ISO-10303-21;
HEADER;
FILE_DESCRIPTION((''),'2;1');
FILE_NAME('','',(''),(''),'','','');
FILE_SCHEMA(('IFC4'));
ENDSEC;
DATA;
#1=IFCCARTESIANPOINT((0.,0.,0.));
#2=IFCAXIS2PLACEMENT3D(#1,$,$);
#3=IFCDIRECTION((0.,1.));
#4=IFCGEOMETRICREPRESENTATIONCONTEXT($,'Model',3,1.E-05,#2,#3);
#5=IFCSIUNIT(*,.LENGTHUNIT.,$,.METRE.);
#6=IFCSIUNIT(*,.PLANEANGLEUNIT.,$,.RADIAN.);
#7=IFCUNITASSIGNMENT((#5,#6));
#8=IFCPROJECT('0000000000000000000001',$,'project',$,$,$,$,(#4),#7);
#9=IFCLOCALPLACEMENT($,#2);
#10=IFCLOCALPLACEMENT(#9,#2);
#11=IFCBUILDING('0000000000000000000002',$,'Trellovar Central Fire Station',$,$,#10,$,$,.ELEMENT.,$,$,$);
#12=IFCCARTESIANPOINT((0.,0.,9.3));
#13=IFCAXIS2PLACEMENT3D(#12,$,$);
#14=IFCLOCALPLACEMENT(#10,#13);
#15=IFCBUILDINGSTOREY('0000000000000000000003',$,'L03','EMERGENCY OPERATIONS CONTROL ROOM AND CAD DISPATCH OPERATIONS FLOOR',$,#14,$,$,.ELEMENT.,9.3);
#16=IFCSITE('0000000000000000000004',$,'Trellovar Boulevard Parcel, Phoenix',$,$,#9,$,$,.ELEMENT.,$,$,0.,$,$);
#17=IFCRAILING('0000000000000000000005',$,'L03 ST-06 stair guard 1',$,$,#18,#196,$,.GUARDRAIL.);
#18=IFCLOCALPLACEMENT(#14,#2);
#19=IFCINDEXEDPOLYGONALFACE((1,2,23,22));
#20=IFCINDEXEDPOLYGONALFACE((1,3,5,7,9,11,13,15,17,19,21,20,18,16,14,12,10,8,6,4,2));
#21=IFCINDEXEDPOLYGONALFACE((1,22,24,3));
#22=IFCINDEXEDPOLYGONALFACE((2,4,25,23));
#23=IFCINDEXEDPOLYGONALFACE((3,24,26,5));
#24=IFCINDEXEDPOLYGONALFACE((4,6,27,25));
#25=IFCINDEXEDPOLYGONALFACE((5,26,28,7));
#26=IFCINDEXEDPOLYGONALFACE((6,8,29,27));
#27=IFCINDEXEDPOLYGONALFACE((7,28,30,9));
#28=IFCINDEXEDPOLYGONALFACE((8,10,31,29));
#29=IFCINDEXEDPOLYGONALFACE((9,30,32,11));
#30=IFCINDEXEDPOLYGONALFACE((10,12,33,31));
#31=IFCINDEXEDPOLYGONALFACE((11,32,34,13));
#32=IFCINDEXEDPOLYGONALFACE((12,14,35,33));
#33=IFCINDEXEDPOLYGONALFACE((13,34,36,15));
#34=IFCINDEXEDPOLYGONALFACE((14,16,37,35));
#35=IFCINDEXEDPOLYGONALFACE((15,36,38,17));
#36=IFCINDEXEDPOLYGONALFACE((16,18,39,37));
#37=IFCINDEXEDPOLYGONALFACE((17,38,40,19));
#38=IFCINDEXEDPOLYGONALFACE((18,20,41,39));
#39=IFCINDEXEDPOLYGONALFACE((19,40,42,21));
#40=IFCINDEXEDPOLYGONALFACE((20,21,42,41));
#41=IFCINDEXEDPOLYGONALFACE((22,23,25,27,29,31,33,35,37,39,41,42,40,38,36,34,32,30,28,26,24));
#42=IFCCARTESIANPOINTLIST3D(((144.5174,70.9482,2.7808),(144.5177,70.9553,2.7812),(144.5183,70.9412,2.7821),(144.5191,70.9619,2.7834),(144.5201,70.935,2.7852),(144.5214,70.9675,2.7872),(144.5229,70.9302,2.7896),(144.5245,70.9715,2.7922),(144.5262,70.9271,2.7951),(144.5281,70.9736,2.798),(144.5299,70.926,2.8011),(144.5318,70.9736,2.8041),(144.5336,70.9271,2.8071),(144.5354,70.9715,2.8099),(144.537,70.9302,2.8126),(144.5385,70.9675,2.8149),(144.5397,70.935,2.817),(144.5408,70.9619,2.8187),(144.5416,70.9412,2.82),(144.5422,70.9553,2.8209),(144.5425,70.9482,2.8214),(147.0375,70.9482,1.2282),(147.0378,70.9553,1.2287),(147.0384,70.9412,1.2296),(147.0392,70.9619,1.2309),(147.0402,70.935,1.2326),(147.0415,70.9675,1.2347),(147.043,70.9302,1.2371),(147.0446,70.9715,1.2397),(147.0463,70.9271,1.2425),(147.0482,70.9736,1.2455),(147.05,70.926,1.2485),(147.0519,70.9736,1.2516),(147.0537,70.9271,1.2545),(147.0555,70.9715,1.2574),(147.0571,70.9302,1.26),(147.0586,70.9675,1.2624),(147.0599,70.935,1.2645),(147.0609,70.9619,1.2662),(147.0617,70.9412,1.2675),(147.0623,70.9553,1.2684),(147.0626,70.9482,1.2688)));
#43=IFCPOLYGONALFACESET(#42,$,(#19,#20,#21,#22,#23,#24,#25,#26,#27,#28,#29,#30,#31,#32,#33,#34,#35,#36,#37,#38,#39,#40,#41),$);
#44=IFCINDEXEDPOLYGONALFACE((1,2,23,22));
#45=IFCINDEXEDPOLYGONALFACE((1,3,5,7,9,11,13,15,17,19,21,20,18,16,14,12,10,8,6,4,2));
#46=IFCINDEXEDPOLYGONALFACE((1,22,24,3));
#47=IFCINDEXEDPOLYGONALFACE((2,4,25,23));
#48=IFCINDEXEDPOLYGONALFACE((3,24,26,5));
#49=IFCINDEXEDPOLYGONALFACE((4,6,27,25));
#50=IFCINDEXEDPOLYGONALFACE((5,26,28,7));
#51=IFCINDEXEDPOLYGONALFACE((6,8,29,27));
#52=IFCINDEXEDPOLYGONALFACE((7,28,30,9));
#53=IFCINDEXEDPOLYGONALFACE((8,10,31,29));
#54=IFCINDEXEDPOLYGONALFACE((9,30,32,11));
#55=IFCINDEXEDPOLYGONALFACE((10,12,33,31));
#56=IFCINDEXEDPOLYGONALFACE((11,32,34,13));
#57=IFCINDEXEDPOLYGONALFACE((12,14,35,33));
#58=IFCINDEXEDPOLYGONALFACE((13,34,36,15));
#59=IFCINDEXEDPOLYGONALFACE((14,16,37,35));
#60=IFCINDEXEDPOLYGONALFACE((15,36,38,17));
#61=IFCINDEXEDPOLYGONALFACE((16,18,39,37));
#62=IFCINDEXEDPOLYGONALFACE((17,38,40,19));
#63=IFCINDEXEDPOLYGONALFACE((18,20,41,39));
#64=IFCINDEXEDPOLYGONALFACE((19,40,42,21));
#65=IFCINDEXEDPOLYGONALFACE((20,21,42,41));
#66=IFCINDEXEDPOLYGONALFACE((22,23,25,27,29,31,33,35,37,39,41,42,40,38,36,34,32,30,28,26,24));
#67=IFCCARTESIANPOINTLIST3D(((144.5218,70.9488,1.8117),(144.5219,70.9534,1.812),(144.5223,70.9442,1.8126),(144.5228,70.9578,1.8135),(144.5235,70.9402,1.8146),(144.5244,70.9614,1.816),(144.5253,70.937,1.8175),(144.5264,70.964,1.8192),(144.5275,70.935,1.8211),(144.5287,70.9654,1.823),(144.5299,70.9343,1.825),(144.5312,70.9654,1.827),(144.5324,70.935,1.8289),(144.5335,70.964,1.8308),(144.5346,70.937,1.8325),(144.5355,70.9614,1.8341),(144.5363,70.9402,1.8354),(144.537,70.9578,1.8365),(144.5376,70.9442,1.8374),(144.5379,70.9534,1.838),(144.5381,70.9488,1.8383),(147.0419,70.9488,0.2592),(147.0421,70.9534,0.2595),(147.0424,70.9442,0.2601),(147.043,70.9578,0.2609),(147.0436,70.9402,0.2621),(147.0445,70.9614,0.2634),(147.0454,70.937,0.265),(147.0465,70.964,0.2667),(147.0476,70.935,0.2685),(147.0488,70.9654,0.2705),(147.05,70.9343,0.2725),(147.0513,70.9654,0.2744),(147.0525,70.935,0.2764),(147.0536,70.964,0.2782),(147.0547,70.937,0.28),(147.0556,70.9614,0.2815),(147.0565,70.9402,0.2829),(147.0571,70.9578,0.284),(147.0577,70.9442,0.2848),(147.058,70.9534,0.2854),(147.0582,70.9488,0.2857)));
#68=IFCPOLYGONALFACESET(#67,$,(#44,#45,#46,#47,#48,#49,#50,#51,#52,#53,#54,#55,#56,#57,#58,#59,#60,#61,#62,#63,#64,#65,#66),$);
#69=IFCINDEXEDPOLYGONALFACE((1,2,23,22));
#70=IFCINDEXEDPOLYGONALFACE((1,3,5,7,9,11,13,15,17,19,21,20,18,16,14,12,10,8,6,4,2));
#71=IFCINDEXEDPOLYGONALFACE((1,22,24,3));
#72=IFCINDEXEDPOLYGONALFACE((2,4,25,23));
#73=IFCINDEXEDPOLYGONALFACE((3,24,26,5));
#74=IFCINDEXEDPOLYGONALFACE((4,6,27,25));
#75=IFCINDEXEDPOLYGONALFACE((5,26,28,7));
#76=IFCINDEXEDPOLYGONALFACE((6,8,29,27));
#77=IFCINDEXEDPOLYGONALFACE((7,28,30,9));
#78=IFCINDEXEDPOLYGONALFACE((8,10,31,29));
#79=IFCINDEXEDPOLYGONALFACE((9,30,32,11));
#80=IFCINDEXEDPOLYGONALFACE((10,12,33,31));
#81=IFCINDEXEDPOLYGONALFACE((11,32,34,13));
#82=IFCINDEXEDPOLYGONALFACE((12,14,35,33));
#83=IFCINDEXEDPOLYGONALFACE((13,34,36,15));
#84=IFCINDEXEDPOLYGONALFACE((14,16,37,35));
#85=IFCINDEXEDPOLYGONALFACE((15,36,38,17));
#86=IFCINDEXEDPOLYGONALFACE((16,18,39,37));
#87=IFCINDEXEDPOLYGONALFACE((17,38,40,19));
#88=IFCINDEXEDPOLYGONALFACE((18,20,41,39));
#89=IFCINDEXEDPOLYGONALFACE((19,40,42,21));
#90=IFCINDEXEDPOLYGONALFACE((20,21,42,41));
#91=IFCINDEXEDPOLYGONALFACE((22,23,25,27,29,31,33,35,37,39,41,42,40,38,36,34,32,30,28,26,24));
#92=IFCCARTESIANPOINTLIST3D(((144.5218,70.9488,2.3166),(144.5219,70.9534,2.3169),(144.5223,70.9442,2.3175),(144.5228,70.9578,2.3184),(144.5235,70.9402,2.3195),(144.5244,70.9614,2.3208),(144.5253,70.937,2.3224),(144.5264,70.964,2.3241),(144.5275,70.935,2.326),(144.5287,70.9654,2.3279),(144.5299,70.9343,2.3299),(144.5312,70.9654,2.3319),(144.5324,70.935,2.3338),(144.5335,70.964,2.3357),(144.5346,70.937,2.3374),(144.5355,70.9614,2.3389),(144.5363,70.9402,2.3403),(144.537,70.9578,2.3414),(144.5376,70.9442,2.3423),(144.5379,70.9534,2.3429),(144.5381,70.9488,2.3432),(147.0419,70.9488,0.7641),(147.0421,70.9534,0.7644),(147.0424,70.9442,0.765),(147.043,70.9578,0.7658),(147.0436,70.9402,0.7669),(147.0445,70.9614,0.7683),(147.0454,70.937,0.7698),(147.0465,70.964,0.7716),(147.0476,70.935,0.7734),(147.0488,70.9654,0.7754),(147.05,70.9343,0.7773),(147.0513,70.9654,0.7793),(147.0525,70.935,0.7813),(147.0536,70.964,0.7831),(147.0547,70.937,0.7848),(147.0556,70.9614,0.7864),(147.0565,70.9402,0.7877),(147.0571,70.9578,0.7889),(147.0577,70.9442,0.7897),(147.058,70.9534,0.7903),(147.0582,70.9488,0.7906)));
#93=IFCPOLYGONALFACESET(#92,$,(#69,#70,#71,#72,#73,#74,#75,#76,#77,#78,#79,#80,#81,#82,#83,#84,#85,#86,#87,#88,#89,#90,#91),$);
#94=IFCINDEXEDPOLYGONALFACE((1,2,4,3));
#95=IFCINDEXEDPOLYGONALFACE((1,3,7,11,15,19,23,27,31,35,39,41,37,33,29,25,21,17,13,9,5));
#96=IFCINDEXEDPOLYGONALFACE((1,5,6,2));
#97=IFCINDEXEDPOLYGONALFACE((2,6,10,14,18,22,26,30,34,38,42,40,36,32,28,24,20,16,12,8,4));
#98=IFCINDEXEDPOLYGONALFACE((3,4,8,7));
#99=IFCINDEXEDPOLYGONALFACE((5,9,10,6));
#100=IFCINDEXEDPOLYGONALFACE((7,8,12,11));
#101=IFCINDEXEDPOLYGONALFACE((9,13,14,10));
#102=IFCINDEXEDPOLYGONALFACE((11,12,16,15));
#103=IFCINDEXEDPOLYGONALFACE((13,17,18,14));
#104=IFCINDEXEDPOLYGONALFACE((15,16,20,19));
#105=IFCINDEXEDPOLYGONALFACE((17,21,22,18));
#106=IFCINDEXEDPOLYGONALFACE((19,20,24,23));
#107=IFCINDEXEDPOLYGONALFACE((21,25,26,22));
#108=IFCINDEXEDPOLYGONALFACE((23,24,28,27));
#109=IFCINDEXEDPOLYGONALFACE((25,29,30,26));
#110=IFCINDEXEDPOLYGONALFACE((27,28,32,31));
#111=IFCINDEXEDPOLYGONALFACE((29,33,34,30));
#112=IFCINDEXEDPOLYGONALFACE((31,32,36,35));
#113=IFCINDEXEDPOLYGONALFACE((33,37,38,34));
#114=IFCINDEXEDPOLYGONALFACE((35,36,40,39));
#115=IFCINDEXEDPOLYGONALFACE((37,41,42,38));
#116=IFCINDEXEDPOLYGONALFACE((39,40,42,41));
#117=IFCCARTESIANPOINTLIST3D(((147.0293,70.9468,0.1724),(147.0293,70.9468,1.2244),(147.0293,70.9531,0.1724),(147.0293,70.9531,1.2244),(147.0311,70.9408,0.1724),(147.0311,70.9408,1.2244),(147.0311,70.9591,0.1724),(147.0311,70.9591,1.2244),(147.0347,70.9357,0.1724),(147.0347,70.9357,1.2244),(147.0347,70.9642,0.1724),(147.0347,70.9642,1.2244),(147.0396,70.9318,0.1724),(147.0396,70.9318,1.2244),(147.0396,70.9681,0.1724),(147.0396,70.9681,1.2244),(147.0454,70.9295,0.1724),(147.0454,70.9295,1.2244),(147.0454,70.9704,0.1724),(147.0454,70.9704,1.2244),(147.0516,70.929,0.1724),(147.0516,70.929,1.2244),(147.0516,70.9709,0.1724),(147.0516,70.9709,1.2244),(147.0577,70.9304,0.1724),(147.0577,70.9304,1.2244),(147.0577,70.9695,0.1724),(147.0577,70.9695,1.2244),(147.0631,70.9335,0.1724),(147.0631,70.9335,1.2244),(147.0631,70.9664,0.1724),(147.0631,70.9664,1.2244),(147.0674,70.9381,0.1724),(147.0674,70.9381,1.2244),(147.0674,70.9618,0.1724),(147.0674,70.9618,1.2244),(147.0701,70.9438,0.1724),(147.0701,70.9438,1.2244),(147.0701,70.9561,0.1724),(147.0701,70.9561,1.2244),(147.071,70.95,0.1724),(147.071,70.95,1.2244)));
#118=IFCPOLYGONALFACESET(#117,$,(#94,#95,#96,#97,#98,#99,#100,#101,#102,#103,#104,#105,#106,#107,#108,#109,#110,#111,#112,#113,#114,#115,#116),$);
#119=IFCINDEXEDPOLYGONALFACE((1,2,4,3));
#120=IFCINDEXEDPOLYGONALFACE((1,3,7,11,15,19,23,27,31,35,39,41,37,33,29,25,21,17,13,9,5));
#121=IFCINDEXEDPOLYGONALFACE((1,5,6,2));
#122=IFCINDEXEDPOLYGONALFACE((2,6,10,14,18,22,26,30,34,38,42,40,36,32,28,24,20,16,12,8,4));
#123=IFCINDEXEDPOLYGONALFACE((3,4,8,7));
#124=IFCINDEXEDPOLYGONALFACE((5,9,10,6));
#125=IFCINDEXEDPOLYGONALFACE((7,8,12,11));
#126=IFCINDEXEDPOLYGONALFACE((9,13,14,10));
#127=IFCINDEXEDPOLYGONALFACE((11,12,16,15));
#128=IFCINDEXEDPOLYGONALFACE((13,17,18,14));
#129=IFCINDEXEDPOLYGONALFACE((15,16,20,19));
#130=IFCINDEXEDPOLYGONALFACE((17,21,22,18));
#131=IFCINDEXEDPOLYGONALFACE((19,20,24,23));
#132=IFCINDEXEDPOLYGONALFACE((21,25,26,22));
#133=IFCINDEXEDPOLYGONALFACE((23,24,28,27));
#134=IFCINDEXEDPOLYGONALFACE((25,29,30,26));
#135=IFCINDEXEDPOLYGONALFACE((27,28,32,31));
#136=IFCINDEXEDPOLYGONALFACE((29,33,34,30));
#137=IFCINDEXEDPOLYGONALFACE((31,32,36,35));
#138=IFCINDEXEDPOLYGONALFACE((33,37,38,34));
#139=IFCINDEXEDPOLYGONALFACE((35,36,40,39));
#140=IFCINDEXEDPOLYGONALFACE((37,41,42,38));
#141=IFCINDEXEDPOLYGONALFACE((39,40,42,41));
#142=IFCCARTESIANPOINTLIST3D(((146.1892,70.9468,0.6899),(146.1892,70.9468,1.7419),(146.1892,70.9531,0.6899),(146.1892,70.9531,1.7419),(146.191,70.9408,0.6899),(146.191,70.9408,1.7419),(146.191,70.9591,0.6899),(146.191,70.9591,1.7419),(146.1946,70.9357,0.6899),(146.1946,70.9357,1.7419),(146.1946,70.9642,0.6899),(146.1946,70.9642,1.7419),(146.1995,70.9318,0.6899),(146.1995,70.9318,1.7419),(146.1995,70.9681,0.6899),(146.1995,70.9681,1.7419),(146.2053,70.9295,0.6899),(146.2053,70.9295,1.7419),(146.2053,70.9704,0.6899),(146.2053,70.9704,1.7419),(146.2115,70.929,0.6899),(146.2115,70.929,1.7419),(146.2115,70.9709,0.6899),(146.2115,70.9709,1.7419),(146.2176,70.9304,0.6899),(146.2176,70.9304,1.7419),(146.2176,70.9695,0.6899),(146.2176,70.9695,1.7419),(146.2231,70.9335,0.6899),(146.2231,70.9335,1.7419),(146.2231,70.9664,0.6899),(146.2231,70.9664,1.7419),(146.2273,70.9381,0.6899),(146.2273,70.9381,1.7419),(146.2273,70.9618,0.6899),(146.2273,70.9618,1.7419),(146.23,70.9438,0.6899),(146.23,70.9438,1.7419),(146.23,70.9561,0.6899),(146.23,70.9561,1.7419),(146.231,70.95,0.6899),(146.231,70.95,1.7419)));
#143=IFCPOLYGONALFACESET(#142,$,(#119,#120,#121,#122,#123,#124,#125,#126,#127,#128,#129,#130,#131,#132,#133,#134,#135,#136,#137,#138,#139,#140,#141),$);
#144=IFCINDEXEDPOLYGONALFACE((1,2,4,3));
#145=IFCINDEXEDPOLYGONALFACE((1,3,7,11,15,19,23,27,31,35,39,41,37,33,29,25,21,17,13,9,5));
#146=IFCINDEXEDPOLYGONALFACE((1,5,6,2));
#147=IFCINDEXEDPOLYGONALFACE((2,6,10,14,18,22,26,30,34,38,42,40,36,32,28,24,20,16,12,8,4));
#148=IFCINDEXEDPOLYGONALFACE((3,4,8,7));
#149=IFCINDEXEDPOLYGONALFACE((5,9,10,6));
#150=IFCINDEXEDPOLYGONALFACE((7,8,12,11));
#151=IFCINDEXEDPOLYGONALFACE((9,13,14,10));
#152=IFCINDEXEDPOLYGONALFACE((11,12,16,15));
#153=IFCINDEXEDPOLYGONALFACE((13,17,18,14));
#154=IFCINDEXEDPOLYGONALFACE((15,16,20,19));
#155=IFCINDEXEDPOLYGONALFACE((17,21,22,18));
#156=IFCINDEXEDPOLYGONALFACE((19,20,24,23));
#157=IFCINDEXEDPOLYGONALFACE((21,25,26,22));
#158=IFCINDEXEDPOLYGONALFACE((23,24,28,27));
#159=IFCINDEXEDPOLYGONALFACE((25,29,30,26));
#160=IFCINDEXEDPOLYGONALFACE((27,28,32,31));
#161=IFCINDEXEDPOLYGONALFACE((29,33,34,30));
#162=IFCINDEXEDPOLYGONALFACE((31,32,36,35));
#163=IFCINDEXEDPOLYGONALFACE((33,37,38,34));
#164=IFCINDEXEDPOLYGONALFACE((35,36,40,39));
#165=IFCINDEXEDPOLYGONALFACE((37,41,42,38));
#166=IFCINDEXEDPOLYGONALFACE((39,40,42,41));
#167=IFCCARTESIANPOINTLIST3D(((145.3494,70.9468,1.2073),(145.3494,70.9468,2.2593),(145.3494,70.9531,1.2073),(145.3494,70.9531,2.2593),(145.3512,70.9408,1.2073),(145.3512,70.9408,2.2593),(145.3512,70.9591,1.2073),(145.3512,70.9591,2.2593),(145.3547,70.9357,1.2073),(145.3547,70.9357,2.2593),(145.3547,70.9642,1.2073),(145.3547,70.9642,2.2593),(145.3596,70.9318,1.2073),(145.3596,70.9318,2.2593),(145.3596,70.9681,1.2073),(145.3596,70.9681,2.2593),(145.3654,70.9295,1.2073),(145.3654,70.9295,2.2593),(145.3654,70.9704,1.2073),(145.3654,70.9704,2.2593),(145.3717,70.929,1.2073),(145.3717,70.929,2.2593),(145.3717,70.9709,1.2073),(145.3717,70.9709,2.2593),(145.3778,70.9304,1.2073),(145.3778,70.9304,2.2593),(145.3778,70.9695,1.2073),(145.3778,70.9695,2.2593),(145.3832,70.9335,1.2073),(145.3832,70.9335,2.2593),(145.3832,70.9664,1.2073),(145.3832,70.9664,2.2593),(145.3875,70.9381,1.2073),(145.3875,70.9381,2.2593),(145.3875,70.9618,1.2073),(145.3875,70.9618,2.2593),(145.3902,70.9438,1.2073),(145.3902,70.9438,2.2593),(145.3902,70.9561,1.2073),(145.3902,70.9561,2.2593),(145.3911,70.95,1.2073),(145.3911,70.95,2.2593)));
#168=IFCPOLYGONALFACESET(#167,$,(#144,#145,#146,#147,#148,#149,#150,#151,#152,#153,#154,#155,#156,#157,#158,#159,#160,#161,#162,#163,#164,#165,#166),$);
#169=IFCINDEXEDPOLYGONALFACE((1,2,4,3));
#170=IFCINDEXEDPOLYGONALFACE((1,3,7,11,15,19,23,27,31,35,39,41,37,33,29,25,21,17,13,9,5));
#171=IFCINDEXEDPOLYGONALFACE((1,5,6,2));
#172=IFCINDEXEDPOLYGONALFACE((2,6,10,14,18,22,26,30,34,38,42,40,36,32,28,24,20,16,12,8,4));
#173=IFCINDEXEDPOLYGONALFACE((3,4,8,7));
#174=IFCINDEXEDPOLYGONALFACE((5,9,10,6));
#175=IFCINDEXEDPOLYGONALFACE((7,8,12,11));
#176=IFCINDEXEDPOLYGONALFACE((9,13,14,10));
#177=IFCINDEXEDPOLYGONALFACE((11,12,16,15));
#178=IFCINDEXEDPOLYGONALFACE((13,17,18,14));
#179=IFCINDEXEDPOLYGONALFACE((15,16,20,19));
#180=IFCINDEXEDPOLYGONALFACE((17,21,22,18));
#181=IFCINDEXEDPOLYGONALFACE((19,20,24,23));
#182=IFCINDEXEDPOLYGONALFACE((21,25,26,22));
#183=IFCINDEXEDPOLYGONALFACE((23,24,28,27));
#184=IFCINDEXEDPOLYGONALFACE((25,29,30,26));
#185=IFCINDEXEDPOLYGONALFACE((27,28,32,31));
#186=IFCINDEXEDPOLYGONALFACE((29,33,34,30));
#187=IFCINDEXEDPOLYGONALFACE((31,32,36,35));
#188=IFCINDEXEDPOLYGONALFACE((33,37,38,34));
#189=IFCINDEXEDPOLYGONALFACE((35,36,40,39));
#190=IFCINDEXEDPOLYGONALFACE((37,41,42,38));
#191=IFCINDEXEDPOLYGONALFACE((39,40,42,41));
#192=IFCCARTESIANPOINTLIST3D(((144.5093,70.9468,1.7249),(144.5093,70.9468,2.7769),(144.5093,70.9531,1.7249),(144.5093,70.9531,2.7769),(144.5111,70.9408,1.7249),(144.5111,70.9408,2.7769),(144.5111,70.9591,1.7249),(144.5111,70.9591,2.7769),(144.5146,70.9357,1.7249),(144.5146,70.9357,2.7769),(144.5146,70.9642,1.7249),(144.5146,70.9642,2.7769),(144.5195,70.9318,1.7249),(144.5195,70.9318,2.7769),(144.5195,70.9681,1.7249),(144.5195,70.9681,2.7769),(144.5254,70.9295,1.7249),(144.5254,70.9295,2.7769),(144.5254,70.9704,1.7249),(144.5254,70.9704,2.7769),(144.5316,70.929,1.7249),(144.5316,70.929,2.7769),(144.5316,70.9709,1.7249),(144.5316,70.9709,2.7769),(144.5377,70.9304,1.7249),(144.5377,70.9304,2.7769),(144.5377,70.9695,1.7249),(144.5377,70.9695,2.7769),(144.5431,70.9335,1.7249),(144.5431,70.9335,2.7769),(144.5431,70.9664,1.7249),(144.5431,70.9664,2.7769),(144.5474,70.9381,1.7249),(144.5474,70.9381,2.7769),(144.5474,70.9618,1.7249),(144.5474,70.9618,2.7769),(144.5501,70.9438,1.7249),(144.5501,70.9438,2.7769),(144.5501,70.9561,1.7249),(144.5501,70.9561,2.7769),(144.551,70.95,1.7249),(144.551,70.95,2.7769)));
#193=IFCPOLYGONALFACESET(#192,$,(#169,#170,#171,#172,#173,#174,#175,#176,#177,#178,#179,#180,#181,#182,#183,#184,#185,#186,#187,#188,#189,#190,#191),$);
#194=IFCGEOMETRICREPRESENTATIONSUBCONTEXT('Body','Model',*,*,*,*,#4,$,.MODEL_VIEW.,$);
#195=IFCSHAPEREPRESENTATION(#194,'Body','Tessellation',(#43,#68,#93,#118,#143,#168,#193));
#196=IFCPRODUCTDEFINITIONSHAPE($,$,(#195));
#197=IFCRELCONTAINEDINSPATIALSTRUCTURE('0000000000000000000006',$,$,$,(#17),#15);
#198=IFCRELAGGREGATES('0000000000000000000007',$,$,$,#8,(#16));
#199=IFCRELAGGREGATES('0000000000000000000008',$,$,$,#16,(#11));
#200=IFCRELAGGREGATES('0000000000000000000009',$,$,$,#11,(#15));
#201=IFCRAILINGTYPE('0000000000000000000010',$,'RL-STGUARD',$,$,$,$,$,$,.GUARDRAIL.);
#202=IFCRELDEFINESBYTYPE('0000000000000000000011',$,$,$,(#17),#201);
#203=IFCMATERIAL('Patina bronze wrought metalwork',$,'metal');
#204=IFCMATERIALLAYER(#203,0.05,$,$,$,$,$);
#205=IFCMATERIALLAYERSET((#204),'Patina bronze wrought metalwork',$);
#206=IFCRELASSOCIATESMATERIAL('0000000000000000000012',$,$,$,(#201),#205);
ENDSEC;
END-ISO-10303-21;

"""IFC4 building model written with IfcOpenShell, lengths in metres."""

from ifc_helpers import new_model, si_unit, direction, frame, origin, origin_2d, place, context, subcontext, project, spatial, circle, extrude, material, layer, layer_set, type_object, element, save


model = new_model("IFC4")

# Units and contexts
model_context = context("Model", 3, precision=1e-05, world=origin(), true_north=direction((0.0, 1.0)))
body_context = subcontext(model_context, "Body", "Model", "MODEL_VIEW")
ifc_project = project(units=[si_unit("LENGTHUNIT", "METRE"), si_unit("PLANEANGLEUNIT", "RADIAN")], contexts=[model_context])

# Site, building, storey
site_placement = place(None, origin())
site = spatial("IfcSite", under=ifc_project, at=site_placement, Name="Trellovar Boulevard Parcel, Phoenix", CompositionType="ELEMENT", RefElevation=0.0)
building_placement = place(site_placement, origin())
building = spatial("IfcBuilding", under=site, at=building_placement, Name="Trellovar Central Fire Station", CompositionType="ELEMENT")
storey_placement = place(building_placement, frame((0.0, 0.0, 9.3)))
storey = spatial("IfcBuildingStorey", under=building, at=storey_placement, Name="L03", Description="EMERGENCY OPERATIONS CONTROL ROOM AND CAD DISPATCH OPERATIONS FLOOR", CompositionType="ELEMENT", Elevation=9.3)

# Railing
ifc_material_1 = material(Name="Patina bronze wrought metalwork", Category="metal")
ifc_layer_1 = layer(ifc_material_1, 0.05)
ifc_layer_set_1 = layer_set([ifc_layer_1], Name="Patina bronze wrought metalwork")
railing_type_1 = type_object("IfcRailingType", Name="RL-STGUARD", PredefinedType="GUARDRAIL", material=ifc_layer_set_1)
railing_1_placement = place(storey_placement, frame((147.05, 70.95, 0.1724)))
element("IfcRailing", 1, at=railing_1_placement, inside=storey, type_object=railing_type_1, Name="L03 ST-06 stair guard 1", PredefinedType="GUARDRAIL", context=body_context, shape_type="SweptSolid", body=[
    extrude(circle(Radius=0.0239, at=origin_2d()), frame((0.0, 0.0, 1.0762), z_axis=(-0.8514, 0.0, 0.524516), x_axis=(0.0, -1.0, 0.0)), (0.0, 0.0, 1.0), 2.96),
    extrude(circle(Radius=0.0156, at=origin_2d()), frame((0.0, 0.0, 0.1001), z_axis=(-0.8514, 0.0, 0.524516), x_axis=(0.0, -1.0, 0.0)), (0.0, 0.0, 1.0), 2.96),
    extrude(circle(Radius=0.0156, at=origin_2d()), frame((0.0, 0.0, 0.605), z_axis=(-0.8514, 0.0, 0.524516), x_axis=(0.0, -1.0, 0.0)), (0.0, 0.0, 1.0), 2.96),
    extrude(circle(Radius=0.021, at=origin_2d()), origin(), (0.0, 0.0, 1.0), 1.052),
    extrude(circle(Radius=0.021, at=origin_2d()), frame((-0.8401, 0.0, 0.5176)), (0.0, 0.0, 1.0), 1.052),
    extrude(circle(Radius=0.021, at=origin_2d()), frame((-1.6799, 0.0, 1.0349)), (0.0, 0.0, 1.0), 1.052),
    extrude(circle(Radius=0.021, at=origin_2d()), frame((-2.52, 0.0, 1.5525)), (0.0, 0.0, 1.0), 1.052),
])

save(model, "model.ifc")
